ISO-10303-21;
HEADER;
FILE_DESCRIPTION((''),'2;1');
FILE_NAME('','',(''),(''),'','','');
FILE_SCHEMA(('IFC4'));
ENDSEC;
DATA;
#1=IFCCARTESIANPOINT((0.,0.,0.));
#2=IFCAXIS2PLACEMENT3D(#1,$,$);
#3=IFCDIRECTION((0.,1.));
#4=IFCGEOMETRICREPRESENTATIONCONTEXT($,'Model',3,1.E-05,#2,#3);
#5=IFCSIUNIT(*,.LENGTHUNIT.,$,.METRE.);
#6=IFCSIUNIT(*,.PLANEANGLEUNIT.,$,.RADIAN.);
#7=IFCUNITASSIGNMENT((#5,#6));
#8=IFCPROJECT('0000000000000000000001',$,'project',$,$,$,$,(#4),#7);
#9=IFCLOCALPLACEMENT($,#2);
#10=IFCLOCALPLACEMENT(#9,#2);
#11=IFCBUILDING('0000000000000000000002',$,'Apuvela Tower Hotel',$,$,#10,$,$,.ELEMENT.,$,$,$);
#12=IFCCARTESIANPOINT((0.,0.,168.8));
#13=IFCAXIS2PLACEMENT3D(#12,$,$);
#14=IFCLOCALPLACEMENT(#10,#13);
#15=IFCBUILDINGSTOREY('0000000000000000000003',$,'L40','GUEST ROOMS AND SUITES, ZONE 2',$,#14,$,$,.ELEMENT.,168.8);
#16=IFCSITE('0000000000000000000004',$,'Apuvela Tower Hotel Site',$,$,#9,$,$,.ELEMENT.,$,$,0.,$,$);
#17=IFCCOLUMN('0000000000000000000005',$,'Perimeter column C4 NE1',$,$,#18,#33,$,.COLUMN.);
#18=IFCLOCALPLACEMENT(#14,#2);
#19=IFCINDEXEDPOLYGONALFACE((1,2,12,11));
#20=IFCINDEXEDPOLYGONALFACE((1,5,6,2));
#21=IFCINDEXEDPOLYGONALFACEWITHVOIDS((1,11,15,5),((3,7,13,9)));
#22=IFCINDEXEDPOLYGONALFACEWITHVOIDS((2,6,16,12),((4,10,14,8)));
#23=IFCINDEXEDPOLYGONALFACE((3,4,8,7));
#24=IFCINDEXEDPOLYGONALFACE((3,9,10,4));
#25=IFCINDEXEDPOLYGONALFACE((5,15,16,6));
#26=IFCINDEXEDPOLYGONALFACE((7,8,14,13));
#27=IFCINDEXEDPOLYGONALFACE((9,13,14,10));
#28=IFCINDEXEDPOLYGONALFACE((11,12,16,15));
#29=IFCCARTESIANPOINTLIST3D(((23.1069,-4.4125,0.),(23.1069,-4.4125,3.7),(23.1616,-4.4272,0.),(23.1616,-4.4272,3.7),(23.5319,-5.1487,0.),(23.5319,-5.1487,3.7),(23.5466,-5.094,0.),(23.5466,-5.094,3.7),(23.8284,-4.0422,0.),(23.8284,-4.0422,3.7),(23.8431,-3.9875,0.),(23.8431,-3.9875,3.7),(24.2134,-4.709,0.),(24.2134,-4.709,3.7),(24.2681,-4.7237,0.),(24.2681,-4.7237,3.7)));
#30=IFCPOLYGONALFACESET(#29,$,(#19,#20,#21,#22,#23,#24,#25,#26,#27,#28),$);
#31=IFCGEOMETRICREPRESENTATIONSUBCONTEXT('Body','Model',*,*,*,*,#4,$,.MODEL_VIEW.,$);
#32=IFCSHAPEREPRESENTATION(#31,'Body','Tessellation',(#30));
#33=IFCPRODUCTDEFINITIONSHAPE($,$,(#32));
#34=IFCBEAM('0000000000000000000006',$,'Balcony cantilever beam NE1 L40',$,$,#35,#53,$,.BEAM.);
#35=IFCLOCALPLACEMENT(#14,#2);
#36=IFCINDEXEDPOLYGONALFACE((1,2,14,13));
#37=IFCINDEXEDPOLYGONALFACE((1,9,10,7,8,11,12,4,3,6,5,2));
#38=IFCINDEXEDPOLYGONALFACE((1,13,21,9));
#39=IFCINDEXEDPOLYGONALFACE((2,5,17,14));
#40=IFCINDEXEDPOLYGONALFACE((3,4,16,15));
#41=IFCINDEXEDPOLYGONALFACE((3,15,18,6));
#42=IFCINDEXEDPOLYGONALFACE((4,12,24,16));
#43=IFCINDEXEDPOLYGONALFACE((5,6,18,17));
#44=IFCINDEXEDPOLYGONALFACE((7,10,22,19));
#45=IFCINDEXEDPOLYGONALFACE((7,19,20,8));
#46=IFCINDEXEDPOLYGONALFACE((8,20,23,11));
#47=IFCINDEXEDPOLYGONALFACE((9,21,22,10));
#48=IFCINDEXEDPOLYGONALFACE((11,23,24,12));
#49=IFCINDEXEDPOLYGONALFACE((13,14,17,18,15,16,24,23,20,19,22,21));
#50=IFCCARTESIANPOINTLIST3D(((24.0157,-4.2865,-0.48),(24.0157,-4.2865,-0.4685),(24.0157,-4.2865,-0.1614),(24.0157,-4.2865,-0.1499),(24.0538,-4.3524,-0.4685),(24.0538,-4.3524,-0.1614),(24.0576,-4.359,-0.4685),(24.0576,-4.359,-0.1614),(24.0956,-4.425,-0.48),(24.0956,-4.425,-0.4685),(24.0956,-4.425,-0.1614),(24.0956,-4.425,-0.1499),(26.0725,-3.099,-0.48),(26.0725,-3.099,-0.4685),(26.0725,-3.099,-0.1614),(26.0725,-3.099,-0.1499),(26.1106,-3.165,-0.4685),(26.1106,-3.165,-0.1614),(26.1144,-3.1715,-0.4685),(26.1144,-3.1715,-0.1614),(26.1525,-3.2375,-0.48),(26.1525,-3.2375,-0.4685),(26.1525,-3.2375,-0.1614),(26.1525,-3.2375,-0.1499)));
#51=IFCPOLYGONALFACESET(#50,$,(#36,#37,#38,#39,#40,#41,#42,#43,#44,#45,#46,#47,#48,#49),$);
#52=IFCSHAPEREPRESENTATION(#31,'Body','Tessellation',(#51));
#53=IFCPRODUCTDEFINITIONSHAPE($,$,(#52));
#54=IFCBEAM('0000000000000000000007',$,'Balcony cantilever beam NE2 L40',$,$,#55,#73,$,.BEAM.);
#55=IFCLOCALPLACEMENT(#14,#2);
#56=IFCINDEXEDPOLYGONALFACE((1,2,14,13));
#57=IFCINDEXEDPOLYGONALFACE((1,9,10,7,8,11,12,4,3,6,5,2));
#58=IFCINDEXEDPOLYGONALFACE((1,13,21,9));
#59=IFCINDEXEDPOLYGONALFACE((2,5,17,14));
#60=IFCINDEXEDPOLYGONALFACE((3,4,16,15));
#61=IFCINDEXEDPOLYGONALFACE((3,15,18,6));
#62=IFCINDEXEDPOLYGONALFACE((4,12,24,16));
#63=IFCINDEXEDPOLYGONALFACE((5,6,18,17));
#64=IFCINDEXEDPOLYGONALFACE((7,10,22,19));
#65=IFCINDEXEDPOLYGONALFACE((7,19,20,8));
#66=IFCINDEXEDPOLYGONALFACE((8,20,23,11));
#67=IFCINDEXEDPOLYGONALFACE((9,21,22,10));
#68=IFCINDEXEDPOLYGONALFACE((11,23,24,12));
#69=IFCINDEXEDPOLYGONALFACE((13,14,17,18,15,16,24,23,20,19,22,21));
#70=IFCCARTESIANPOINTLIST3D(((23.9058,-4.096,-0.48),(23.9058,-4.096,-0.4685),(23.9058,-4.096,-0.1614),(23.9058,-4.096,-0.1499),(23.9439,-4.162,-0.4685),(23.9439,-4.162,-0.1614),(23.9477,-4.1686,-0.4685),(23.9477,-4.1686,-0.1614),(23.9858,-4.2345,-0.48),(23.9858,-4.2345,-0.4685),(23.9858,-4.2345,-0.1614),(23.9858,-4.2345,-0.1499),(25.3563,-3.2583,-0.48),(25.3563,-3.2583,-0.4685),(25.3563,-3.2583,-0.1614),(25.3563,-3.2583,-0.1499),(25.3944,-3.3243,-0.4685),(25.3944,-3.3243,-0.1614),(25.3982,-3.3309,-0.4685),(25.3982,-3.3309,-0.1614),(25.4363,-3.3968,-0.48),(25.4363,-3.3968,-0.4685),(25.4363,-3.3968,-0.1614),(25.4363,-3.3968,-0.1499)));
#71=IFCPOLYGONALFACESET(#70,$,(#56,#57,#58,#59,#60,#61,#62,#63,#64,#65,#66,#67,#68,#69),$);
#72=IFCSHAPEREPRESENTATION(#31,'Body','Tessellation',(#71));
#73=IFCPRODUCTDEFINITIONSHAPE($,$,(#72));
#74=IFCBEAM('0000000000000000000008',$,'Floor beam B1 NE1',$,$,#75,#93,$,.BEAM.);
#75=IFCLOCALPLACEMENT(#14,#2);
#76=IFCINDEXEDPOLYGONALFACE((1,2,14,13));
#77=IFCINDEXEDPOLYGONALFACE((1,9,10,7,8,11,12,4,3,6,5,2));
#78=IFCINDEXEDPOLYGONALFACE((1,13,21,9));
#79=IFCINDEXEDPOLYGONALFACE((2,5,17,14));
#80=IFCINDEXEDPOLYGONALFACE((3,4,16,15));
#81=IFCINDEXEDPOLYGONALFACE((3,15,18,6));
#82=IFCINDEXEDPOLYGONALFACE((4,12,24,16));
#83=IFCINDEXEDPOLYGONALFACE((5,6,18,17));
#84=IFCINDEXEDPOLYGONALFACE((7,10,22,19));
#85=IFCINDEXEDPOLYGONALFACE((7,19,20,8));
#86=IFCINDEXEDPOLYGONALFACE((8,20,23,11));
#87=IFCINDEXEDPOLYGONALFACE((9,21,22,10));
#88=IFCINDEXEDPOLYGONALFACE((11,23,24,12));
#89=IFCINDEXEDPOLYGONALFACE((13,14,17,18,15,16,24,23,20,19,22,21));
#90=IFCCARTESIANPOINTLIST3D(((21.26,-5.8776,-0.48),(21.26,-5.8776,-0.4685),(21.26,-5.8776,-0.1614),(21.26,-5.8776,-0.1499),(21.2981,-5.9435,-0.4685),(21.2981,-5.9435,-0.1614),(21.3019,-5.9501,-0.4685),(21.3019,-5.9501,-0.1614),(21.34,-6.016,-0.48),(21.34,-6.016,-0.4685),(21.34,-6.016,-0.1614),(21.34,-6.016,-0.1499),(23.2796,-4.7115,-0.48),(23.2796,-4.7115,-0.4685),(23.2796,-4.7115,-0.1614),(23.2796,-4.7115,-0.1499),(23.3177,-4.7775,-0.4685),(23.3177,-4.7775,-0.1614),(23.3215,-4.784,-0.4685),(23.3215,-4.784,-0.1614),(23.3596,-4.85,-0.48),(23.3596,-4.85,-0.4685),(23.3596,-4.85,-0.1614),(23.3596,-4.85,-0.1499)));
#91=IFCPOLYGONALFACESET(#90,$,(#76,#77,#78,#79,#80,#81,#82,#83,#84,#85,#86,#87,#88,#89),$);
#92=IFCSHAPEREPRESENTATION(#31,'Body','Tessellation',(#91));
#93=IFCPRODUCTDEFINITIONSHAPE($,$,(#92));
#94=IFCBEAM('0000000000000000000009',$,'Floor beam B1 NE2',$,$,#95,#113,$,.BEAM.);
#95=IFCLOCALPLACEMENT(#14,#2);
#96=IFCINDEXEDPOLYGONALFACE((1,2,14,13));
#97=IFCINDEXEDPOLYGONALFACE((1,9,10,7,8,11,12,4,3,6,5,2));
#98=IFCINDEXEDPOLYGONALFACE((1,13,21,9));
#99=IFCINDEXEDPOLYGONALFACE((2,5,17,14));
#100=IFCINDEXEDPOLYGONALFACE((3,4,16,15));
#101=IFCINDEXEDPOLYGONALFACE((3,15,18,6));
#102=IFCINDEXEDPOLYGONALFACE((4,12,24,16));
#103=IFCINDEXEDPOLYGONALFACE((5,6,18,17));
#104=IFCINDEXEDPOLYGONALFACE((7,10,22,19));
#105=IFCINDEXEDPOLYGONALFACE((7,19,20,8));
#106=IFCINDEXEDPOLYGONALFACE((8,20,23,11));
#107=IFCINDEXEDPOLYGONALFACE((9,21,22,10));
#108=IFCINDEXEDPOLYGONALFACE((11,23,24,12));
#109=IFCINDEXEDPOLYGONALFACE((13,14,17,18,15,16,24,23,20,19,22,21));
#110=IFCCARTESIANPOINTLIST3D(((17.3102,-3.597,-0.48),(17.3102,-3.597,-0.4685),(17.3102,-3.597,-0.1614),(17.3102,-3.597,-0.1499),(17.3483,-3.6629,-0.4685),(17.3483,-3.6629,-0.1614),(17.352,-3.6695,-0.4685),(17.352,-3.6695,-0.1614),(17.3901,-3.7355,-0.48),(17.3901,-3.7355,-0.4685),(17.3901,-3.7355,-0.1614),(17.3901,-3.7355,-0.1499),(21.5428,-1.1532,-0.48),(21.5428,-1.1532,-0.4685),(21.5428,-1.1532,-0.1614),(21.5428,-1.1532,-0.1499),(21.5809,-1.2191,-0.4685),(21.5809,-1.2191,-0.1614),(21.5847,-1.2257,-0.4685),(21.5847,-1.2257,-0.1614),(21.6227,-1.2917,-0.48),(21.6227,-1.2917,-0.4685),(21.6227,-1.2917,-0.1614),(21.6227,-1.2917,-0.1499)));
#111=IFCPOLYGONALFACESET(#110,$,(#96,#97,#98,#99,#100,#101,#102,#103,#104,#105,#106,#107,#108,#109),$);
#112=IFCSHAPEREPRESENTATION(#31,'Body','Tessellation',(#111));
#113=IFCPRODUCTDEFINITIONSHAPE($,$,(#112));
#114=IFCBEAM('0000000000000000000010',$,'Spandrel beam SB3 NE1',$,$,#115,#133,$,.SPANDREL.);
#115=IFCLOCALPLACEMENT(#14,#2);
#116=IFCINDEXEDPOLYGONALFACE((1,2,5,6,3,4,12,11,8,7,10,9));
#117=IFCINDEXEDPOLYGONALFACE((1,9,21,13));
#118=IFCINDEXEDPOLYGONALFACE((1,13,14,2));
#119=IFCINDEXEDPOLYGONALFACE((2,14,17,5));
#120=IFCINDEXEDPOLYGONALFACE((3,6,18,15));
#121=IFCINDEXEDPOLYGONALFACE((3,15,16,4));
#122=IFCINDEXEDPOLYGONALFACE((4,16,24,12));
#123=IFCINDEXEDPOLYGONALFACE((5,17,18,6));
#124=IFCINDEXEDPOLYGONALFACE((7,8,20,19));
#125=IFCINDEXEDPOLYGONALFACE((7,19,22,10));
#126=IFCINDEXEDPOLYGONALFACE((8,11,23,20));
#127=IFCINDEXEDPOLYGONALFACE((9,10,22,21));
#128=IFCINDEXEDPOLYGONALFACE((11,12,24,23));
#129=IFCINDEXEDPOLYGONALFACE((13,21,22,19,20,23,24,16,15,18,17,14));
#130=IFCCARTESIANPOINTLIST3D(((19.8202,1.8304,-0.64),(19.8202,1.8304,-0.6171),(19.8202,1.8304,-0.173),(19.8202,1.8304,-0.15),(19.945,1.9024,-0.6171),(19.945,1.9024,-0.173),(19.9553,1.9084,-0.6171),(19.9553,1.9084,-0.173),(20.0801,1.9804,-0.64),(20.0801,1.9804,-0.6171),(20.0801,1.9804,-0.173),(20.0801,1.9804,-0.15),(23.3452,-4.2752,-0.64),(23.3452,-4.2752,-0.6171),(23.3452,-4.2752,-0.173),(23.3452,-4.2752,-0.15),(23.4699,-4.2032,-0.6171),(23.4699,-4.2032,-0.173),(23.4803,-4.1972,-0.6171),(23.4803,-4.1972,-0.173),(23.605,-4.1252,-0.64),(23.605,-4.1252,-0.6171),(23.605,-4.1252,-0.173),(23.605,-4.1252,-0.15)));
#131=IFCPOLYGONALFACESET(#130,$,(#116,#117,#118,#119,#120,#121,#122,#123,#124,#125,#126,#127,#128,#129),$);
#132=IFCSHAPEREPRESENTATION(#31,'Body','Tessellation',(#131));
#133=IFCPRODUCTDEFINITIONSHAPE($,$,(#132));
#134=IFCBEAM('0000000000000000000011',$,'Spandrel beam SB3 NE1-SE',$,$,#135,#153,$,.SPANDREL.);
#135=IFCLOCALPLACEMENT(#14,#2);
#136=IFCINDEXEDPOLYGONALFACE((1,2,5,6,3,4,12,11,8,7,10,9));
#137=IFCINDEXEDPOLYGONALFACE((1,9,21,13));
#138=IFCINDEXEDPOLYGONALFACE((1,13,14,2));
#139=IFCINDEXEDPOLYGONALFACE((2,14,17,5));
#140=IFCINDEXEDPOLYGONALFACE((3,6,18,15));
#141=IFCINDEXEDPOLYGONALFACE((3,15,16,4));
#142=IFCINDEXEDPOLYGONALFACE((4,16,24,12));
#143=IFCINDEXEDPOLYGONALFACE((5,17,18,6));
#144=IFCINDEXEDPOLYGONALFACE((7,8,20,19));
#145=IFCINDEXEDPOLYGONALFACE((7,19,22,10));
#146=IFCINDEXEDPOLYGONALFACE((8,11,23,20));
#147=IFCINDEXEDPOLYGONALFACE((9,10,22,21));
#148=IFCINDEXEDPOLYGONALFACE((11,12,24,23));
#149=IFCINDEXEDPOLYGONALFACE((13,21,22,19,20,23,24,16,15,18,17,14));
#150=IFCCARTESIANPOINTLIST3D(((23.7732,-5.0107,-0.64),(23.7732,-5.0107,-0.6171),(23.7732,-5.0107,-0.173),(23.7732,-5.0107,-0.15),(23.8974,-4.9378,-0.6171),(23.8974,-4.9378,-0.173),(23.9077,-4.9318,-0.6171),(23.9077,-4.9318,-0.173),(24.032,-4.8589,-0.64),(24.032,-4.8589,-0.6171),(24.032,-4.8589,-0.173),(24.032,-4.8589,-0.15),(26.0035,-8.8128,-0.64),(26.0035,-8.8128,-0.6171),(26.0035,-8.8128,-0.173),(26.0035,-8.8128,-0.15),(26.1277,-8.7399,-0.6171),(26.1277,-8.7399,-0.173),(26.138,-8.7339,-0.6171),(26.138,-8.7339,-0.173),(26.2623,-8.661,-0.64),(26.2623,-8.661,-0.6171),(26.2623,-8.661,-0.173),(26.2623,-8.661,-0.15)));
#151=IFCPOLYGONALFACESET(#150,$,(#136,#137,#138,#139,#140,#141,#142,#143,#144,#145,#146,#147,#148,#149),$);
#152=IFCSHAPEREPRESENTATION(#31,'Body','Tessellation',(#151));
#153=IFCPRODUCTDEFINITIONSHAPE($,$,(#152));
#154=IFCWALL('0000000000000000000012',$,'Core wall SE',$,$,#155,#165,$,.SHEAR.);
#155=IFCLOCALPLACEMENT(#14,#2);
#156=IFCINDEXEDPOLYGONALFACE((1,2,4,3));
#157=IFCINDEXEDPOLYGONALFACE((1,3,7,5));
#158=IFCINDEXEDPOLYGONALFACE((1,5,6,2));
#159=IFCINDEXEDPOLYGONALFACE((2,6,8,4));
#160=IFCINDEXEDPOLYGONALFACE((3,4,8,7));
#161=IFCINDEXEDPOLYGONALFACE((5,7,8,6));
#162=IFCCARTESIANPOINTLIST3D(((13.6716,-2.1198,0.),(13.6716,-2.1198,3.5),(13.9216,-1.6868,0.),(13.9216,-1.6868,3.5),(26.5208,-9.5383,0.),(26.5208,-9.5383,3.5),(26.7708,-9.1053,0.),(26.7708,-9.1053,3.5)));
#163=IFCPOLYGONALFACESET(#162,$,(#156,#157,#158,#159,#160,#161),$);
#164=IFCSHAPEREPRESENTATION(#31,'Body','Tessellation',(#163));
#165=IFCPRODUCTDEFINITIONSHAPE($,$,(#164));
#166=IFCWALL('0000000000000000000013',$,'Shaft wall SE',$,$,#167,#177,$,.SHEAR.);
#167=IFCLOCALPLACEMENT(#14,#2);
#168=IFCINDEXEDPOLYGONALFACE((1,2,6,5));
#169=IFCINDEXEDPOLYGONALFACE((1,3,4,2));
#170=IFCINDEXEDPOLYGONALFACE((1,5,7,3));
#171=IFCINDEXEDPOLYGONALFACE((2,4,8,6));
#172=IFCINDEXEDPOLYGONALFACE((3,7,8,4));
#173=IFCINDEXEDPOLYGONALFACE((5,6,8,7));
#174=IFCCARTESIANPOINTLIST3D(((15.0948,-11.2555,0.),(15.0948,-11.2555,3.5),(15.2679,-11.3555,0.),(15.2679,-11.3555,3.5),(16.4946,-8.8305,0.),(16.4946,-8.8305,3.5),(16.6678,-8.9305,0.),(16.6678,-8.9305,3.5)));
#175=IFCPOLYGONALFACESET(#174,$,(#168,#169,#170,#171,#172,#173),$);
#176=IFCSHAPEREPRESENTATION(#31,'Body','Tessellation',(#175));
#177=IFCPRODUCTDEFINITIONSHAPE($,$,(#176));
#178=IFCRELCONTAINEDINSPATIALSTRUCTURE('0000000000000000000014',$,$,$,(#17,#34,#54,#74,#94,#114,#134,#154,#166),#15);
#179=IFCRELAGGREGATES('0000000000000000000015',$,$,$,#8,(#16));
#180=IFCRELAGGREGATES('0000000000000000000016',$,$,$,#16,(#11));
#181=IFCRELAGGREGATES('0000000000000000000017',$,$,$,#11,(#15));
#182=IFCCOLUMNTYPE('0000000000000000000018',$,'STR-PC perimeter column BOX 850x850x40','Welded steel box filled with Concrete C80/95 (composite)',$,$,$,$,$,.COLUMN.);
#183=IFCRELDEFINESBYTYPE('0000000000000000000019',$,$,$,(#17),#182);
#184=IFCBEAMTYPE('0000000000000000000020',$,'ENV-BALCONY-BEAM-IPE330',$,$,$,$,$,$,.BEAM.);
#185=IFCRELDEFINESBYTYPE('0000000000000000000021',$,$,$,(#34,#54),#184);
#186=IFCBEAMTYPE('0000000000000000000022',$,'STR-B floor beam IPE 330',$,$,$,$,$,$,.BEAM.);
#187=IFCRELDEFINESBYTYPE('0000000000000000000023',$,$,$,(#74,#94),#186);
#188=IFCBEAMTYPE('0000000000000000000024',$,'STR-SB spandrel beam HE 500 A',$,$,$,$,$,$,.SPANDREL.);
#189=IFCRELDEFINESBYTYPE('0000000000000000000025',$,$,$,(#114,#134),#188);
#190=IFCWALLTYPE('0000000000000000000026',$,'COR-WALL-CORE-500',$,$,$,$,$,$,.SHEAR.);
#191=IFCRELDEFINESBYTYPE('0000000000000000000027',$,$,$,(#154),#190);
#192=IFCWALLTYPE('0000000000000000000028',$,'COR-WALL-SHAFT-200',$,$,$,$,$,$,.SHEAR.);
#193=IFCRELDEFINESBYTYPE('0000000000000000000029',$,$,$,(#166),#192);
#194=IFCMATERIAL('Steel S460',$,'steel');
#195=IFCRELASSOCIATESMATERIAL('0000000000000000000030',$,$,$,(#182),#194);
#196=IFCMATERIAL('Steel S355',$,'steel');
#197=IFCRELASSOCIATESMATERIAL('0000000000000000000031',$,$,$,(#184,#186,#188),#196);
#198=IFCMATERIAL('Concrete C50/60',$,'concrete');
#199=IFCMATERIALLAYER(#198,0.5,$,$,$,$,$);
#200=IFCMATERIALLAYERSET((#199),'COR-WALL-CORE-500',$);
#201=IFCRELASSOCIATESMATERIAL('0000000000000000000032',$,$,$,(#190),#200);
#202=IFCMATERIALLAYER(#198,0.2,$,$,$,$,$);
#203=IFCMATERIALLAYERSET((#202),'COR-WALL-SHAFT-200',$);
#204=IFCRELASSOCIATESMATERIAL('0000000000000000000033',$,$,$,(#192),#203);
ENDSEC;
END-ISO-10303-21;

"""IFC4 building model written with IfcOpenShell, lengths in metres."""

from ifc_helpers import new_model, si_unit, direction, frame, frame_2d, origin, origin_2d, place, context, subcontext, project, spatial, rectangle, hollow_rectangle, i_section, extrude, material, layer, layer_set, material_profile, profile_set, type_object, element, save


model = new_model("IFC4")

# Units and contexts
model_context = context("Model", 3, precision=1e-05, world=origin(), true_north=direction((0.0, 1.0)))
body_context = subcontext(model_context, "Body", "Model", "MODEL_VIEW")
ifc_project = project(units=[si_unit("LENGTHUNIT", "METRE"), si_unit("PLANEANGLEUNIT", "RADIAN")], contexts=[model_context])

# Site, building, storey
site_placement = place(None, origin())
site = spatial("IfcSite", under=ifc_project, at=site_placement, Name="Apuvela Tower Hotel Site", CompositionType="ELEMENT", RefElevation=0.0)
building_placement = place(site_placement, origin())
building = spatial("IfcBuilding", under=site, at=building_placement, Name="Apuvela Tower Hotel", CompositionType="ELEMENT")
storey_placement = place(building_placement, frame((0.0, 0.0, 168.8)))
storey = spatial("IfcBuildingStorey", under=building, at=storey_placement, Name="L40", Description="GUEST ROOMS AND SUITES, ZONE 2", CompositionType="ELEMENT", Elevation=168.8)

# Column
ifc_material_1 = material(Name="Steel S460", Category="steel")
ifc_material_profile_1 = material_profile(ifc_material_1, hollow_rectangle(XDim=0.8501, YDim=0.8501, WallThickness=0.04, at=origin_2d()), Name="BOX 850x850x40")
ifc_material_2 = material(Name="Concrete C80/95", Category="concrete")
ifc_material_profile_2 = material_profile(ifc_material_2, rectangle(XDim=0.77, YDim=0.77, at=origin_2d()), Name="Concrete C80/95 infill")
ifc_profile_set_1 = profile_set([ifc_material_profile_1, ifc_material_profile_2], Name="Steel S460")
column_type = type_object("IfcColumnType", Name="STR-PC perimeter column BOX 850x850x40", Description="Welded steel box filled with Concrete C80/95 (composite)", PredefinedType="COLUMN", material=ifc_profile_set_1)
column_placement = place(storey_placement, frame((23.6875, -4.5681, 0.0), z_axis=(0.0, 0.0, 1.0), x_axis=(-0.5, 0.866025, 0.0)))
element("IfcColumn", 1, at=column_placement, inside=storey, type_object=column_type, Name="Perimeter column C4 NE1", PredefinedType="COLUMN", context=body_context, shape_type="SweptSolid", body=[
    extrude(hollow_rectangle(XDim=0.8501, YDim=0.8501, WallThickness=0.04, at=origin_2d()), origin(), (0.0, 0.0, 1.0), 3.7),
])

# Beams
ifc_material_3 = material(Name="Steel S355", Category="steel")
ifc_material_profile_3 = material_profile(ifc_material_3, i_section(OverallWidth=0.1599, OverallDepth=0.3301, WebThickness=0.0076, FlangeThickness=0.0115, at=origin_2d()), Name="IPE 330")
ifc_profile_set_2 = profile_set([ifc_material_profile_3], Name="Steel S355")
beam_type_1 = type_object("IfcBeamType", Name="ENV-BALCONY-BEAM-IPE330", PredefinedType="BEAM", material=ifc_profile_set_2)
beam_1_placement = place(storey_placement, frame((24.0557, -4.3557, -0.3149), z_axis=(0.866033, 0.499986, 0.0), x_axis=(-0.499986, 0.866033, 0.0)))
element("IfcBeam", 2, at=beam_1_placement, inside=storey, type_object=beam_type_1, Name="Balcony cantilever beam NE1 L40", PredefinedType="BEAM", context=body_context, shape_type="SweptSolid", body=[
    extrude(i_section(OverallWidth=0.1599, OverallDepth=0.3301, WebThickness=0.0076, FlangeThickness=0.0115, at=origin_2d()), origin(), (0.0, 0.0, 1.0), 2.375),
])
beam_2_placement = place(storey_placement, frame((23.9458, -4.1653, -0.3149), z_axis=(0.865965, 0.500105, 0.0), x_axis=(-0.500105, 0.865965, 0.0)))
element("IfcBeam", 3, at=beam_2_placement, inside=storey, type_object=beam_type_1, Name="Balcony cantilever beam NE2 L40", PredefinedType="BEAM", context=body_context, shape_type="SweptSolid", body=[
    extrude(i_section(OverallWidth=0.1599, OverallDepth=0.3301, WebThickness=0.0076, FlangeThickness=0.0115, at=origin_2d()), origin(), (0.0, 0.0, 1.0), 1.675),
])
ifc_material_profile_4 = material_profile(ifc_material_3, i_section(OverallWidth=0.1599, OverallDepth=0.3301, WebThickness=0.0076, FlangeThickness=0.0115, at=origin_2d()), Name="IPE 330")
ifc_profile_set_3 = profile_set([ifc_material_profile_4], Name="Steel S355")
beam_type_2 = type_object("IfcBeamType", Name="STR-B floor beam IPE 330", PredefinedType="BEAM", material=ifc_profile_set_3)
beam_3_placement = place(storey_placement, frame((23.3196, -4.7808, -0.3149), z_axis=(-0.866018, -0.500012, 0.0), x_axis=(0.500012, -0.866018, 0.0)))
element("IfcBeam", 4, at=beam_3_placement, inside=storey, type_object=beam_type_2, Name="Floor beam B1 NE1", PredefinedType="BEAM", context=body_context, shape_type="SweptSolid", body=[
    extrude(i_section(OverallWidth=0.1599, OverallDepth=0.3301, WebThickness=0.0076, FlangeThickness=0.0115, at=origin_2d()), origin(), (0.0, 0.0, 1.0), 2.332),
])
beam_4_placement = place(storey_placement, frame((21.5828, -1.2224, -0.3149), z_axis=(-0.866015, -0.500018, 0.0), x_axis=(0.500018, -0.866015, 0.0)))
element("IfcBeam", 5, at=beam_4_placement, inside=storey, type_object=beam_type_2, Name="Floor beam B1 NE2", PredefinedType="BEAM", context=body_context, shape_type="SweptSolid", body=[
    extrude(i_section(OverallWidth=0.1599, OverallDepth=0.3301, WebThickness=0.0076, FlangeThickness=0.0115, at=origin_2d()), origin(), (0.0, 0.0, 1.0), 4.8875),
])
ifc_material_profile_5 = material_profile(ifc_material_3, i_section(OverallWidth=0.3, OverallDepth=0.49, WebThickness=0.012, FlangeThickness=0.0229, at=origin_2d()), Name="HE 500 A")
ifc_profile_set_4 = profile_set([ifc_material_profile_5], Name="Steel S355")
beam_type_3 = type_object("IfcBeamType", Name="STR-SB spandrel beam HE 500 A", PredefinedType="SPANDREL", material=ifc_profile_set_4)
beam_5_placement = place(storey_placement, frame((23.4751, -4.2002, -0.395), z_axis=(-0.49999, 0.866031, 0.0), x_axis=(-0.866031, -0.49999, 0.0)))
element("IfcBeam", 6, at=beam_5_placement, inside=storey, type_object=beam_type_3, Name="Spandrel beam SB3 NE1", PredefinedType="SPANDREL", context=body_context, shape_type="SweptSolid", body=[
    extrude(i_section(OverallWidth=0.3, OverallDepth=0.49, WebThickness=0.012, FlangeThickness=0.0229, at=origin_2d()), origin(), (0.0, 0.0, 1.0), 7.05),
])
beam_6_placement = place(storey_placement, frame((23.9026, -4.9348, -0.395), z_axis=(0.505967, -0.862553, 0.0), x_axis=(0.862553, 0.505967, 0.0)))
element("IfcBeam", 7, at=beam_6_placement, inside=storey, type_object=beam_type_3, Name="Spandrel beam SB3 NE1-SE", PredefinedType="SPANDREL", context=body_context, shape_type="SweptSolid", body=[
    extrude(i_section(OverallWidth=0.3, OverallDepth=0.49, WebThickness=0.012, FlangeThickness=0.0229, at=origin_2d()), origin(), (0.0, 0.0, 1.0), 4.408),
])

# Walls
ifc_material_4 = material(Name="Concrete C50/60", Category="concrete")
ifc_layer_1 = layer(ifc_material_4, 0.5)
ifc_layer_set_1 = layer_set([ifc_layer_1], Name="COR-WALL-CORE-500")
wall_type_1 = type_object("IfcWallType", Name="COR-WALL-CORE-500", PredefinedType="SHEAR", material=ifc_layer_set_1)
wall_1_placement = place(storey_placement, frame((13.7966, -1.9033, 0.0), z_axis=(0.0, 0.0, 1.0), x_axis=(0.866025, -0.500001, 0.0)))
element("IfcWall", 8, at=wall_1_placement, inside=storey, type_object=wall_type_1, Name="Core wall SE", PredefinedType="SHEAR", context=body_context, shape_type="SweptSolid", body=[
    extrude(rectangle(XDim=14.8369, YDim=0.5, at=frame_2d((7.4185, 0.0))), origin(), (0.0, 0.0, 1.0), 3.5),
])
ifc_layer_2 = layer(ifc_material_4, 0.2)
ifc_layer_set_2 = layer_set([ifc_layer_2], Name="COR-WALL-SHAFT-200")
wall_type_2 = type_object("IfcWallType", Name="COR-WALL-SHAFT-200", PredefinedType="SHEAR", material=ifc_layer_set_2)
wall_2_placement = place(storey_placement, frame((15.1814, -11.3054, 0.0), z_axis=(0.0, 0.0, 1.0), x_axis=(0.499946, 0.866056, 0.0)))
element("IfcWall", 9, at=wall_2_placement, inside=storey, type_object=wall_type_2, Name="Shaft wall SE", PredefinedType="SHEAR", context=body_context, shape_type="SweptSolid", body=[
    extrude(rectangle(XDim=2.8, YDim=0.2, at=frame_2d((1.3999, 0.0))), origin(), (0.0, 0.0, 1.0), 3.5),
])

save(model, "model.ifc")
